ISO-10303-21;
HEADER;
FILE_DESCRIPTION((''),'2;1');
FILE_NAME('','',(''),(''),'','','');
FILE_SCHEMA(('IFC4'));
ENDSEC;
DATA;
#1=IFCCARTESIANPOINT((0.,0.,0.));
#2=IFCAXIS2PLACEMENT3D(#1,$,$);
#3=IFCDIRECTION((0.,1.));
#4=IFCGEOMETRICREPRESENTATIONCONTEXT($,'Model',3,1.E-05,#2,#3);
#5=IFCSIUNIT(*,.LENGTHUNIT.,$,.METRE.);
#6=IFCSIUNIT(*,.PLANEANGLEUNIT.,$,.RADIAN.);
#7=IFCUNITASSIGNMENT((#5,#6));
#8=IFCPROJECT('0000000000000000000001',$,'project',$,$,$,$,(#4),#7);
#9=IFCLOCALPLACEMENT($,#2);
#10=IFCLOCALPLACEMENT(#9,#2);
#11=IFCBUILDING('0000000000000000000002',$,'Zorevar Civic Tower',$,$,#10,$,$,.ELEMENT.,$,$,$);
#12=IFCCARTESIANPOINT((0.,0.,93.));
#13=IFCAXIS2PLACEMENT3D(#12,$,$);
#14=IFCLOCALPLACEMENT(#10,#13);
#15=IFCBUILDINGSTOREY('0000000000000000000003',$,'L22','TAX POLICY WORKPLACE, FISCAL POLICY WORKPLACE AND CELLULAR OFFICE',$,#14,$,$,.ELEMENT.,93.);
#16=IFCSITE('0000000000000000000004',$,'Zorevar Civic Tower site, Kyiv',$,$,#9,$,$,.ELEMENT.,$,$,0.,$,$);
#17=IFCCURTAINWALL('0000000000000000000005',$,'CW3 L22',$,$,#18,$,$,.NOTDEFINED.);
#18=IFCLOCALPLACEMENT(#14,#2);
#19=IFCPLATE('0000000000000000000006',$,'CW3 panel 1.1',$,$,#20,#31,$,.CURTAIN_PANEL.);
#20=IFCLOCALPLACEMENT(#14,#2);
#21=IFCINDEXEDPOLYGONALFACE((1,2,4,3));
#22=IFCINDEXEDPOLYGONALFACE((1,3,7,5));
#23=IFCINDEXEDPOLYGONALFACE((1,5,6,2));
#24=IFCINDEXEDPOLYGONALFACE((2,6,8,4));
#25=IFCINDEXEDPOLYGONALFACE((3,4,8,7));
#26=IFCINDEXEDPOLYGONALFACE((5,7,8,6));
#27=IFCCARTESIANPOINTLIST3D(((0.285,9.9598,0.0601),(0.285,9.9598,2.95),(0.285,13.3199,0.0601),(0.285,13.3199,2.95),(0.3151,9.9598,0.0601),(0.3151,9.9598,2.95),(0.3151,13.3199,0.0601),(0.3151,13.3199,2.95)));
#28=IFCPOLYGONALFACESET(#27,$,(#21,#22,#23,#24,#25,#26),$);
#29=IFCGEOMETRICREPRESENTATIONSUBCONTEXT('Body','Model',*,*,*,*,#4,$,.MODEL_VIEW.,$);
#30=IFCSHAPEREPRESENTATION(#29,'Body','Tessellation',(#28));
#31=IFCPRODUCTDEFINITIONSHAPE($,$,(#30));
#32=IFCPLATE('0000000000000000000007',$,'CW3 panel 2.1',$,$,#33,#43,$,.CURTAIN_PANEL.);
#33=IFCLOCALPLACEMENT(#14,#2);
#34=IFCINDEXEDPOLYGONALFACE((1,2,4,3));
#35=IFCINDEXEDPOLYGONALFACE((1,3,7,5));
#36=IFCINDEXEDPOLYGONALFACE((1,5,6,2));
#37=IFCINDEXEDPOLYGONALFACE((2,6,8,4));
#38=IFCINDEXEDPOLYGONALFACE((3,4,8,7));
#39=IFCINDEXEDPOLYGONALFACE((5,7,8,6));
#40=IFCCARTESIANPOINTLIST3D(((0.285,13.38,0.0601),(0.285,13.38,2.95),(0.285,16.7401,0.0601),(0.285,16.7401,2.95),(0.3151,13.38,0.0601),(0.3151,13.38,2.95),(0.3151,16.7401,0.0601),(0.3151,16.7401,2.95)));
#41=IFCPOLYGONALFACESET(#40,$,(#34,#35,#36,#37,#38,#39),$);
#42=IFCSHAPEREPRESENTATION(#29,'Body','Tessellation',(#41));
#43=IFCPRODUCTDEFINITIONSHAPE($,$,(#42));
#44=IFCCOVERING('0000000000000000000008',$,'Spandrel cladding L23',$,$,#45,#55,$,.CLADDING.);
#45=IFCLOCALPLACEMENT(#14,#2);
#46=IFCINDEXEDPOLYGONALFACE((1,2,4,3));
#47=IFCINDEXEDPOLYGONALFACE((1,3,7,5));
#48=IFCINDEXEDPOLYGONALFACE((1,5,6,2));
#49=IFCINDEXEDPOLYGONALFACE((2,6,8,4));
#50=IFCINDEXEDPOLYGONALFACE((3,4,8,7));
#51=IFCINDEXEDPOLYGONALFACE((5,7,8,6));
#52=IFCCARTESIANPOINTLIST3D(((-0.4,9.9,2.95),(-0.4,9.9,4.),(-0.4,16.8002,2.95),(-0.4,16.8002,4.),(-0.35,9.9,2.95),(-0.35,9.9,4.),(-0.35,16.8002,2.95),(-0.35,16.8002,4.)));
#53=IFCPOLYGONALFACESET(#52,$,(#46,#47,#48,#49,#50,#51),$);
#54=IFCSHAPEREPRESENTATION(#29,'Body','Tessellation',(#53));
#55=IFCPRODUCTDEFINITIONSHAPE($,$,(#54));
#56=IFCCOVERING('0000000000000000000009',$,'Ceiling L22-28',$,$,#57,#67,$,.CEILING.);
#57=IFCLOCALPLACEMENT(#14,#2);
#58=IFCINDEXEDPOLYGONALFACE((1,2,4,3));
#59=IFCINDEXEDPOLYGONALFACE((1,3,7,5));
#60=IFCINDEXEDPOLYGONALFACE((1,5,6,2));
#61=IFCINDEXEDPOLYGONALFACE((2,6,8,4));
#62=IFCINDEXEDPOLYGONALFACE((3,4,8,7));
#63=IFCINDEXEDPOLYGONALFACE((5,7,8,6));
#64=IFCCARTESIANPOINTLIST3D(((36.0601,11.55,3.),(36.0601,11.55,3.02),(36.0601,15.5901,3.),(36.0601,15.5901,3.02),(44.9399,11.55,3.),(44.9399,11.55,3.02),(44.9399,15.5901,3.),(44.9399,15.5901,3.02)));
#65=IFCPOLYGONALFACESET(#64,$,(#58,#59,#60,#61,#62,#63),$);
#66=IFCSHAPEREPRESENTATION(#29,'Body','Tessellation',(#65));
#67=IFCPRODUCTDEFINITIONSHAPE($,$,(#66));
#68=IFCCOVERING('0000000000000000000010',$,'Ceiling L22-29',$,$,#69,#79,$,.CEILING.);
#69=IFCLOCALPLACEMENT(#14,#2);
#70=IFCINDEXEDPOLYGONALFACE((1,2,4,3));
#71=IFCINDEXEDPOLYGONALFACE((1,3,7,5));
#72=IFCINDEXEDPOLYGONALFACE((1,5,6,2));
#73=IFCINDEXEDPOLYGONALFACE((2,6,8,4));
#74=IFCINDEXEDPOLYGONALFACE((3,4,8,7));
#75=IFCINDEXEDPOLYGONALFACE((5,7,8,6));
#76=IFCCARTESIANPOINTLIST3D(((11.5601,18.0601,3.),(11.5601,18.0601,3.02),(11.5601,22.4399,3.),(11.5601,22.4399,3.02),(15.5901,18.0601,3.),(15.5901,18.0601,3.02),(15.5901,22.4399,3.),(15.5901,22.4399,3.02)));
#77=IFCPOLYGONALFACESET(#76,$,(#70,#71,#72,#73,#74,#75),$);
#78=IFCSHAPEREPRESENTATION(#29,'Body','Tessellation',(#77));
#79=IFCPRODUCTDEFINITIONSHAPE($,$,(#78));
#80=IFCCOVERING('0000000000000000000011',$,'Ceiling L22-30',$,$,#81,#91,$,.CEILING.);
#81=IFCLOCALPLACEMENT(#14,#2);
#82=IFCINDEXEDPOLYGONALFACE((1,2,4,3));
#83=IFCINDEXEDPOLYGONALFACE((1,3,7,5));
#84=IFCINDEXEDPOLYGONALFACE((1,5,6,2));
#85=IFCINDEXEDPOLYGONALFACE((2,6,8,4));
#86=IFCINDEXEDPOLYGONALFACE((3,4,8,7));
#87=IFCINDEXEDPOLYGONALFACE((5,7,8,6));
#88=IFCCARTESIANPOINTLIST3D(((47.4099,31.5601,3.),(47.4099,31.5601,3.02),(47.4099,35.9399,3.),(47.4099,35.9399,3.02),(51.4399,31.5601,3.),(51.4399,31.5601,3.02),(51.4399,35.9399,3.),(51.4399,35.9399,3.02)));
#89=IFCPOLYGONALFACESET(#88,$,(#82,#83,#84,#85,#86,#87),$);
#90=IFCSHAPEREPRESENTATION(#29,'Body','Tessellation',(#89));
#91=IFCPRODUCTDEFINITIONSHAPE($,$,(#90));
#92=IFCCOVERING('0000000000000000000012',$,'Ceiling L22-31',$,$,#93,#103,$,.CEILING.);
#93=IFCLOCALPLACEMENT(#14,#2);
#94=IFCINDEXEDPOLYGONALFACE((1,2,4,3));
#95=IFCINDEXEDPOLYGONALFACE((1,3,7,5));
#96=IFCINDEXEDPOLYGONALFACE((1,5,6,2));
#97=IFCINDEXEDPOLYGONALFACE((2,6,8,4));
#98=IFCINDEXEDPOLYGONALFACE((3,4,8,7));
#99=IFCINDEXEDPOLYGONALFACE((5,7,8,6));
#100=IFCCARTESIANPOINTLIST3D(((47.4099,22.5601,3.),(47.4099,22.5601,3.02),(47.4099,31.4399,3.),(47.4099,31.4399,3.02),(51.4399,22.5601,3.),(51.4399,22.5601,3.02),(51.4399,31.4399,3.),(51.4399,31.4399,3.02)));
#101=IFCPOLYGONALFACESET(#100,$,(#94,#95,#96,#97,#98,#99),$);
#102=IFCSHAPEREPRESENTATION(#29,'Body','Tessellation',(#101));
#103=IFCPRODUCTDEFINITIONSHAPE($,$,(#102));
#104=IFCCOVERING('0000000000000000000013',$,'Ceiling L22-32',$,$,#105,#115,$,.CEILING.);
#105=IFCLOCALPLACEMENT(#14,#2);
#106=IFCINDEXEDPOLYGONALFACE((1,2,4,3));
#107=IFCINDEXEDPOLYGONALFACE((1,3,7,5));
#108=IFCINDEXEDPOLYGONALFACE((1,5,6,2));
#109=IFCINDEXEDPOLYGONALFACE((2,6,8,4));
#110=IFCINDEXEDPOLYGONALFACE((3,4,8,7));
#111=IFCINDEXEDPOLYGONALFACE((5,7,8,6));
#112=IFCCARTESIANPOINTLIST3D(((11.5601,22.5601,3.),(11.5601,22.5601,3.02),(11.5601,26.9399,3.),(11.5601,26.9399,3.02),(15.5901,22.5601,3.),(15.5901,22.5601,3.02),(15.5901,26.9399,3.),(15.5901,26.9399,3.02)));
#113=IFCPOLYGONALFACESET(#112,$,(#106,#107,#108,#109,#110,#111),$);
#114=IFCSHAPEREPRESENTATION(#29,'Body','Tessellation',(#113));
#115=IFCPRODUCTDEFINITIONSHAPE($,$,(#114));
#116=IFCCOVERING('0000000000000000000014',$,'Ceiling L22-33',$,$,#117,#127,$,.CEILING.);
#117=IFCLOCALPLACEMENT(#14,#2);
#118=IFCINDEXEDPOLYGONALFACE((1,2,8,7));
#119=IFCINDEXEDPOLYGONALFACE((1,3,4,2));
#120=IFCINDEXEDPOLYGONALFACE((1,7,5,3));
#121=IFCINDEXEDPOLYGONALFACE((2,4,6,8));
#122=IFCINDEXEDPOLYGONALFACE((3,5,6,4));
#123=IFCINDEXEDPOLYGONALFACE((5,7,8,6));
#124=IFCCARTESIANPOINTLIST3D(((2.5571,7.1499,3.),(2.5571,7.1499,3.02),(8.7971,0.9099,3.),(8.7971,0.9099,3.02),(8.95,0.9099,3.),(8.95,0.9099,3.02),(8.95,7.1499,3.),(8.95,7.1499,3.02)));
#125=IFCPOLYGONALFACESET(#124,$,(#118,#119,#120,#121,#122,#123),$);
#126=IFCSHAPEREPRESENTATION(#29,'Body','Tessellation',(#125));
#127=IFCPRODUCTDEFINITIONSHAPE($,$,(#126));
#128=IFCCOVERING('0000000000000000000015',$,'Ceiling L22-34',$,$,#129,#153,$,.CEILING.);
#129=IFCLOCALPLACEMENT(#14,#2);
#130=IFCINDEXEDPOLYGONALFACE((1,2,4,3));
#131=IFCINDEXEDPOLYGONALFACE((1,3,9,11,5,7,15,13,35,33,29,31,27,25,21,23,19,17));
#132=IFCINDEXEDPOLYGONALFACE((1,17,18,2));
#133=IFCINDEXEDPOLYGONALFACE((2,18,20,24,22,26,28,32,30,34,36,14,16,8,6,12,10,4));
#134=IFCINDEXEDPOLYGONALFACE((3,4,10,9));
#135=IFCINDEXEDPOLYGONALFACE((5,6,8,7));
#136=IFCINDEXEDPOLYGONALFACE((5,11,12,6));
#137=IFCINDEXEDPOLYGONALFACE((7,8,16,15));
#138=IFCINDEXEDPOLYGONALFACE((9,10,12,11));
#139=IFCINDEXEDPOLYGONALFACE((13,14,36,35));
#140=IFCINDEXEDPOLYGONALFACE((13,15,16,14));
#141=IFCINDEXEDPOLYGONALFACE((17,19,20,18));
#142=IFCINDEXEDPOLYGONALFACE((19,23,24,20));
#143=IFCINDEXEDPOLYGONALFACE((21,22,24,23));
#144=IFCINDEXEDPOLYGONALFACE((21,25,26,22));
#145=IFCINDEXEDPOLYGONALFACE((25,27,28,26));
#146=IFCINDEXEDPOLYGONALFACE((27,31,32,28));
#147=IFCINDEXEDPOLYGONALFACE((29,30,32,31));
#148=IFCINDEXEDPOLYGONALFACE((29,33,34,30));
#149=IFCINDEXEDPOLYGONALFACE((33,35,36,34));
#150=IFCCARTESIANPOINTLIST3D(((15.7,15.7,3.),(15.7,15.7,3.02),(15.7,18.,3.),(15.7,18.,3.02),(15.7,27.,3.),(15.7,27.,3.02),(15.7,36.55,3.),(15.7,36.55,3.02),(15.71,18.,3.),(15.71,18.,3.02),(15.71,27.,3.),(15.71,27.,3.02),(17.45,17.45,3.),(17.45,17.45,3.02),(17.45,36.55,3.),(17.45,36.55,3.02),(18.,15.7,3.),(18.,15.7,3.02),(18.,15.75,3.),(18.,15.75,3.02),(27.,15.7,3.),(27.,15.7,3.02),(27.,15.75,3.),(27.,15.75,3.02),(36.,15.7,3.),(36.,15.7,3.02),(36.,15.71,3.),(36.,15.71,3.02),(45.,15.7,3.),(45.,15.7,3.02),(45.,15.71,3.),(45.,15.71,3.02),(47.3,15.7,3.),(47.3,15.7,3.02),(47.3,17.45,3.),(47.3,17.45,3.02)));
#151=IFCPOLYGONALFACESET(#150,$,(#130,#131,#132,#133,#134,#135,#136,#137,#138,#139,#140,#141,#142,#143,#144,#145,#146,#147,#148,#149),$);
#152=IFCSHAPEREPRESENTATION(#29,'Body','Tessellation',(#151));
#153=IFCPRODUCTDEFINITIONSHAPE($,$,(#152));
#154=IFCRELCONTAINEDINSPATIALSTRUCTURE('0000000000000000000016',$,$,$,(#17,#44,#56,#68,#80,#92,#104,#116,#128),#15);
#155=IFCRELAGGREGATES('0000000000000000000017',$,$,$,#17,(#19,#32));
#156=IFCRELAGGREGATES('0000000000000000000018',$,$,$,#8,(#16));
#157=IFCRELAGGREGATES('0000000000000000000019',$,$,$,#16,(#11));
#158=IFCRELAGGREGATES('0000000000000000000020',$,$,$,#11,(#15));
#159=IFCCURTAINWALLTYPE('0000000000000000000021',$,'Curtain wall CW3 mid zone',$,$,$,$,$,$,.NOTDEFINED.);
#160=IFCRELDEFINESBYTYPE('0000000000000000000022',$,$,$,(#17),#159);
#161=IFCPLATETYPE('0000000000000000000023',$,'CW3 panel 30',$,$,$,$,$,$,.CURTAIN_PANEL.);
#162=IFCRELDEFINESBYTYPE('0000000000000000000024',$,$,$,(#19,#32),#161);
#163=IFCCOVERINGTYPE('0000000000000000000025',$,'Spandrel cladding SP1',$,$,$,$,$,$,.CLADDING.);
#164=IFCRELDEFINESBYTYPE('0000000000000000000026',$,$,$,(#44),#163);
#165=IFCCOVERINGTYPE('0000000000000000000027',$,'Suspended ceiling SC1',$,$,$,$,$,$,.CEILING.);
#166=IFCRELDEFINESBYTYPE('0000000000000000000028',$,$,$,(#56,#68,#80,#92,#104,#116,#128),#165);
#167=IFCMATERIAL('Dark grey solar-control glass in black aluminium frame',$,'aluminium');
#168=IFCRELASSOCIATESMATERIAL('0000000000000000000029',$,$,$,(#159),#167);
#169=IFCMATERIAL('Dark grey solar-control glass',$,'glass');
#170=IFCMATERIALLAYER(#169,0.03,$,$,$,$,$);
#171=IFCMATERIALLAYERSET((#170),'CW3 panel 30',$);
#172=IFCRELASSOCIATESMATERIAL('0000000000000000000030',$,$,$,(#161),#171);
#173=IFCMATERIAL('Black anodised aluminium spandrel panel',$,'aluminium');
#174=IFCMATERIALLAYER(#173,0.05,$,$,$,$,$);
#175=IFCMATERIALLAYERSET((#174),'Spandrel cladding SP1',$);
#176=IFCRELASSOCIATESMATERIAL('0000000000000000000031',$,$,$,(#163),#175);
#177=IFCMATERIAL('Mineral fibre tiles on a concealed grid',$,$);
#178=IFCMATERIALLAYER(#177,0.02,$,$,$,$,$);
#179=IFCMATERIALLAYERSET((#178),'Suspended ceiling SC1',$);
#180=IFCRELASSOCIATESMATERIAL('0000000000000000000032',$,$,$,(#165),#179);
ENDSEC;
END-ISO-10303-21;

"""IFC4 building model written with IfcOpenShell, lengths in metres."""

from ifc_helpers import new_model, si_unit, direction, frame, frame_2d, origin, origin_2d, place, context, subcontext, project, spatial, polyline, rectangle, outline, extrude, material, layer, layer_set, type_object, element, aggregate, save


model = new_model("IFC4")

# Units and contexts
model_context = context("Model", 3, precision=1e-05, world=origin(), true_north=direction((0.0, 1.0)))
body_context = subcontext(model_context, "Body", "Model", "MODEL_VIEW")
ifc_project = project(units=[si_unit("LENGTHUNIT", "METRE"), si_unit("PLANEANGLEUNIT", "RADIAN")], contexts=[model_context])

# Site, building, storey
site_placement = place(None, origin())
site = spatial("IfcSite", under=ifc_project, at=site_placement, Name="Zorevar Civic Tower site, Kyiv", CompositionType="ELEMENT", RefElevation=0.0)
building_placement = place(site_placement, origin())
building = spatial("IfcBuilding", under=site, at=building_placement, Name="Zorevar Civic Tower", CompositionType="ELEMENT")
storey_placement = place(building_placement, frame((0.0, 0.0, 93.0)))
storey = spatial("IfcBuildingStorey", under=building, at=storey_placement, Name="L22", Description="TAX POLICY WORKPLACE, FISCAL POLICY WORKPLACE AND CELLULAR OFFICE", CompositionType="ELEMENT", Elevation=93.0)

# Curtain wall
ifc_material_1 = material(Name="Dark grey solar-control glass in black aluminium frame", Category="aluminium")
curtain_wall_type = type_object("IfcCurtainWallType", Name="Curtain wall CW3 mid zone", PredefinedType="NOTDEFINED", material=ifc_material_1)
curtain_wall_1_placement = place(storey_placement, origin())
curtain_wall_1 = element("IfcCurtainWall", 1, at=curtain_wall_1_placement, inside=storey, type_object=curtain_wall_type, Name="CW3 L22", PredefinedType="NOTDEFINED")

# Plates
ifc_material_2 = material(Name="Dark grey solar-control glass", Category="glass")
ifc_layer_1 = layer(ifc_material_2, 0.03)
ifc_layer_set_1 = layer_set([ifc_layer_1], Name="CW3 panel 30")
plate_type = type_object("IfcPlateType", Name="CW3 panel 30", PredefinedType="CURTAIN_PANEL", material=ifc_layer_set_1)
plate_1_placement = place(storey_placement, frame((0.3, 11.6399, 0.0601), z_axis=(0.0, 0.0, 1.0), x_axis=(0.0, 1.0, 0.0)))
plate_1 = element("IfcPlate", 2, at=plate_1_placement, type_object=plate_type, Name="CW3 panel 1.1", PredefinedType="CURTAIN_PANEL", context=body_context, shape_type="SweptSolid", body=[
    extrude(rectangle(XDim=3.3601, YDim=0.03, at=origin_2d()), origin(), (0.0, 0.0, 1.0), 2.8899),
])
plate_2_placement = place(storey_placement, frame((0.3, 15.0601, 0.0601), z_axis=(0.0, 0.0, 1.0), x_axis=(0.0, 1.0, 0.0)))
plate_2 = element("IfcPlate", 3, at=plate_2_placement, type_object=plate_type, Name="CW3 panel 2.1", PredefinedType="CURTAIN_PANEL", context=body_context, shape_type="SweptSolid", body=[
    extrude(rectangle(XDim=3.3601, YDim=0.03, at=origin_2d()), origin(), (0.0, 0.0, 1.0), 2.8899),
])
aggregate(curtain_wall_1, [plate_1, plate_2])

# Coverings
ifc_material_3 = material(Name="Black anodised aluminium spandrel panel", Category="aluminium")
ifc_layer_2 = layer(ifc_material_3, 0.05)
ifc_layer_set_2 = layer_set([ifc_layer_2], Name="Spandrel cladding SP1")
covering_type_1 = type_object("IfcCoveringType", Name="Spandrel cladding SP1", PredefinedType="CLADDING", material=ifc_layer_set_2)
covering_1_placement = place(storey_placement, frame((-0.375, 9.8999, 2.95), z_axis=(0.0, 0.0, 1.0), x_axis=(0.0, 1.0, 0.0)))
element("IfcCovering", 4, at=covering_1_placement, inside=storey, type_object=covering_type_1, Name="Spandrel cladding L23", PredefinedType="CLADDING", context=body_context, shape_type="SweptSolid", body=[
    extrude(rectangle(XDim=6.9001, YDim=0.05, at=frame_2d((3.4502, 0.0))), origin(), (0.0, 0.0, 1.0), 1.05),
])
ifc_material_4 = material(Name="Mineral fibre tiles on a concealed grid")
ifc_layer_3 = layer(ifc_material_4, 0.02)
ifc_layer_set_3 = layer_set([ifc_layer_3], Name="Suspended ceiling SC1")
covering_type_2 = type_object("IfcCoveringType", Name="Suspended ceiling SC1", PredefinedType="CEILING", material=ifc_layer_set_3)
covering_2_placement = place(storey_placement, frame((0.0, 0.0, 3.0)))
element("IfcCovering", 5, at=covering_2_placement, inside=storey, type_object=covering_type_2, Name="Ceiling L22-28", PredefinedType="CEILING", context=body_context, shape_type="SweptSolid", body=[
    extrude(outline(polyline([(44.9399, 15.5901), (44.9399, 11.55), (36.0601, 11.55), (36.0601, 15.5901), (44.9399, 15.5901)])), origin(), (0.0, 0.0, 1.0), 0.02),
])
covering_3_placement = place(storey_placement, frame((0.0, 0.0, 3.0)))
element("IfcCovering", 6, at=covering_3_placement, inside=storey, type_object=covering_type_2, Name="Ceiling L22-29", PredefinedType="CEILING", context=body_context, shape_type="SweptSolid", body=[
    extrude(outline(polyline([(15.5901, 22.4399), (15.5901, 18.0601), (11.5601, 18.0601), (11.5601, 22.4399), (15.5901, 22.4399)])), origin(), (0.0, 0.0, 1.0), 0.02),
])
covering_4_placement = place(storey_placement, frame((0.0, 0.0, 3.0)))
element("IfcCovering", 7, at=covering_4_placement, inside=storey, type_object=covering_type_2, Name="Ceiling L22-30", PredefinedType="CEILING", context=body_context, shape_type="SweptSolid", body=[
    extrude(outline(polyline([(47.4099, 35.9399), (51.4399, 35.9399), (51.4399, 31.5601), (47.4099, 31.5601), (47.4099, 35.9399)])), origin(), (0.0, 0.0, 1.0), 0.02),
])
covering_5_placement = place(storey_placement, frame((0.0, 0.0, 3.0)))
element("IfcCovering", 8, at=covering_5_placement, inside=storey, type_object=covering_type_2, Name="Ceiling L22-31", PredefinedType="CEILING", context=body_context, shape_type="SweptSolid", body=[
    extrude(outline(polyline([(51.4399, 31.4399), (51.4399, 22.5601), (47.4099, 22.5601), (47.4099, 31.4399), (51.4399, 31.4399)])), origin(), (0.0, 0.0, 1.0), 0.02),
])
covering_6_placement = place(storey_placement, frame((0.0, 0.0, 3.0)))
element("IfcCovering", 9, at=covering_6_placement, inside=storey, type_object=covering_type_2, Name="Ceiling L22-32", PredefinedType="CEILING", context=body_context, shape_type="SweptSolid", body=[
    extrude(outline(polyline([(11.5601, 26.9399), (15.5901, 26.9399), (15.5901, 22.5601), (11.5601, 22.5601), (11.5601, 26.9399)])), origin(), (0.0, 0.0, 1.0), 0.02),
])
covering_7_placement = place(storey_placement, frame((0.0, 0.0, 3.0)))
element("IfcCovering", 10, at=covering_7_placement, inside=storey, type_object=covering_type_2, Name="Ceiling L22-33", PredefinedType="CEILING", context=body_context, shape_type="SweptSolid", body=[
    extrude(outline(polyline([(8.95, 7.1499), (8.95, 0.9099), (8.7971, 0.9099), (2.5571, 7.1499), (8.95, 7.1499)])), origin(), (0.0, 0.0, 1.0), 0.02),
])
covering_8_placement = place(storey_placement, frame((0.0, 0.0, 3.0)))
element("IfcCovering", 11, at=covering_8_placement, inside=storey, type_object=covering_type_2, Name="Ceiling L22-34", PredefinedType="CEILING", context=body_context, shape_type="SweptSolid", body=[
    extrude(outline(polyline([(47.3, 15.7), (45.0, 15.7), (45.0, 15.71), (36.0, 15.71), (36.0, 15.7), (27.0, 15.7), (27.0, 15.75), (18.0, 15.75), (18.0, 15.7), (15.7, 15.7), (15.7, 18.0), (15.71, 18.0), (15.71, 27.0), (15.7, 27.0), (15.7, 36.55), (17.45, 36.55), (17.45, 17.45), (47.3, 17.45), (47.3, 15.7)])), origin(), (0.0, 0.0, 1.0), 0.02),
])

save(model, "model.ifc")
